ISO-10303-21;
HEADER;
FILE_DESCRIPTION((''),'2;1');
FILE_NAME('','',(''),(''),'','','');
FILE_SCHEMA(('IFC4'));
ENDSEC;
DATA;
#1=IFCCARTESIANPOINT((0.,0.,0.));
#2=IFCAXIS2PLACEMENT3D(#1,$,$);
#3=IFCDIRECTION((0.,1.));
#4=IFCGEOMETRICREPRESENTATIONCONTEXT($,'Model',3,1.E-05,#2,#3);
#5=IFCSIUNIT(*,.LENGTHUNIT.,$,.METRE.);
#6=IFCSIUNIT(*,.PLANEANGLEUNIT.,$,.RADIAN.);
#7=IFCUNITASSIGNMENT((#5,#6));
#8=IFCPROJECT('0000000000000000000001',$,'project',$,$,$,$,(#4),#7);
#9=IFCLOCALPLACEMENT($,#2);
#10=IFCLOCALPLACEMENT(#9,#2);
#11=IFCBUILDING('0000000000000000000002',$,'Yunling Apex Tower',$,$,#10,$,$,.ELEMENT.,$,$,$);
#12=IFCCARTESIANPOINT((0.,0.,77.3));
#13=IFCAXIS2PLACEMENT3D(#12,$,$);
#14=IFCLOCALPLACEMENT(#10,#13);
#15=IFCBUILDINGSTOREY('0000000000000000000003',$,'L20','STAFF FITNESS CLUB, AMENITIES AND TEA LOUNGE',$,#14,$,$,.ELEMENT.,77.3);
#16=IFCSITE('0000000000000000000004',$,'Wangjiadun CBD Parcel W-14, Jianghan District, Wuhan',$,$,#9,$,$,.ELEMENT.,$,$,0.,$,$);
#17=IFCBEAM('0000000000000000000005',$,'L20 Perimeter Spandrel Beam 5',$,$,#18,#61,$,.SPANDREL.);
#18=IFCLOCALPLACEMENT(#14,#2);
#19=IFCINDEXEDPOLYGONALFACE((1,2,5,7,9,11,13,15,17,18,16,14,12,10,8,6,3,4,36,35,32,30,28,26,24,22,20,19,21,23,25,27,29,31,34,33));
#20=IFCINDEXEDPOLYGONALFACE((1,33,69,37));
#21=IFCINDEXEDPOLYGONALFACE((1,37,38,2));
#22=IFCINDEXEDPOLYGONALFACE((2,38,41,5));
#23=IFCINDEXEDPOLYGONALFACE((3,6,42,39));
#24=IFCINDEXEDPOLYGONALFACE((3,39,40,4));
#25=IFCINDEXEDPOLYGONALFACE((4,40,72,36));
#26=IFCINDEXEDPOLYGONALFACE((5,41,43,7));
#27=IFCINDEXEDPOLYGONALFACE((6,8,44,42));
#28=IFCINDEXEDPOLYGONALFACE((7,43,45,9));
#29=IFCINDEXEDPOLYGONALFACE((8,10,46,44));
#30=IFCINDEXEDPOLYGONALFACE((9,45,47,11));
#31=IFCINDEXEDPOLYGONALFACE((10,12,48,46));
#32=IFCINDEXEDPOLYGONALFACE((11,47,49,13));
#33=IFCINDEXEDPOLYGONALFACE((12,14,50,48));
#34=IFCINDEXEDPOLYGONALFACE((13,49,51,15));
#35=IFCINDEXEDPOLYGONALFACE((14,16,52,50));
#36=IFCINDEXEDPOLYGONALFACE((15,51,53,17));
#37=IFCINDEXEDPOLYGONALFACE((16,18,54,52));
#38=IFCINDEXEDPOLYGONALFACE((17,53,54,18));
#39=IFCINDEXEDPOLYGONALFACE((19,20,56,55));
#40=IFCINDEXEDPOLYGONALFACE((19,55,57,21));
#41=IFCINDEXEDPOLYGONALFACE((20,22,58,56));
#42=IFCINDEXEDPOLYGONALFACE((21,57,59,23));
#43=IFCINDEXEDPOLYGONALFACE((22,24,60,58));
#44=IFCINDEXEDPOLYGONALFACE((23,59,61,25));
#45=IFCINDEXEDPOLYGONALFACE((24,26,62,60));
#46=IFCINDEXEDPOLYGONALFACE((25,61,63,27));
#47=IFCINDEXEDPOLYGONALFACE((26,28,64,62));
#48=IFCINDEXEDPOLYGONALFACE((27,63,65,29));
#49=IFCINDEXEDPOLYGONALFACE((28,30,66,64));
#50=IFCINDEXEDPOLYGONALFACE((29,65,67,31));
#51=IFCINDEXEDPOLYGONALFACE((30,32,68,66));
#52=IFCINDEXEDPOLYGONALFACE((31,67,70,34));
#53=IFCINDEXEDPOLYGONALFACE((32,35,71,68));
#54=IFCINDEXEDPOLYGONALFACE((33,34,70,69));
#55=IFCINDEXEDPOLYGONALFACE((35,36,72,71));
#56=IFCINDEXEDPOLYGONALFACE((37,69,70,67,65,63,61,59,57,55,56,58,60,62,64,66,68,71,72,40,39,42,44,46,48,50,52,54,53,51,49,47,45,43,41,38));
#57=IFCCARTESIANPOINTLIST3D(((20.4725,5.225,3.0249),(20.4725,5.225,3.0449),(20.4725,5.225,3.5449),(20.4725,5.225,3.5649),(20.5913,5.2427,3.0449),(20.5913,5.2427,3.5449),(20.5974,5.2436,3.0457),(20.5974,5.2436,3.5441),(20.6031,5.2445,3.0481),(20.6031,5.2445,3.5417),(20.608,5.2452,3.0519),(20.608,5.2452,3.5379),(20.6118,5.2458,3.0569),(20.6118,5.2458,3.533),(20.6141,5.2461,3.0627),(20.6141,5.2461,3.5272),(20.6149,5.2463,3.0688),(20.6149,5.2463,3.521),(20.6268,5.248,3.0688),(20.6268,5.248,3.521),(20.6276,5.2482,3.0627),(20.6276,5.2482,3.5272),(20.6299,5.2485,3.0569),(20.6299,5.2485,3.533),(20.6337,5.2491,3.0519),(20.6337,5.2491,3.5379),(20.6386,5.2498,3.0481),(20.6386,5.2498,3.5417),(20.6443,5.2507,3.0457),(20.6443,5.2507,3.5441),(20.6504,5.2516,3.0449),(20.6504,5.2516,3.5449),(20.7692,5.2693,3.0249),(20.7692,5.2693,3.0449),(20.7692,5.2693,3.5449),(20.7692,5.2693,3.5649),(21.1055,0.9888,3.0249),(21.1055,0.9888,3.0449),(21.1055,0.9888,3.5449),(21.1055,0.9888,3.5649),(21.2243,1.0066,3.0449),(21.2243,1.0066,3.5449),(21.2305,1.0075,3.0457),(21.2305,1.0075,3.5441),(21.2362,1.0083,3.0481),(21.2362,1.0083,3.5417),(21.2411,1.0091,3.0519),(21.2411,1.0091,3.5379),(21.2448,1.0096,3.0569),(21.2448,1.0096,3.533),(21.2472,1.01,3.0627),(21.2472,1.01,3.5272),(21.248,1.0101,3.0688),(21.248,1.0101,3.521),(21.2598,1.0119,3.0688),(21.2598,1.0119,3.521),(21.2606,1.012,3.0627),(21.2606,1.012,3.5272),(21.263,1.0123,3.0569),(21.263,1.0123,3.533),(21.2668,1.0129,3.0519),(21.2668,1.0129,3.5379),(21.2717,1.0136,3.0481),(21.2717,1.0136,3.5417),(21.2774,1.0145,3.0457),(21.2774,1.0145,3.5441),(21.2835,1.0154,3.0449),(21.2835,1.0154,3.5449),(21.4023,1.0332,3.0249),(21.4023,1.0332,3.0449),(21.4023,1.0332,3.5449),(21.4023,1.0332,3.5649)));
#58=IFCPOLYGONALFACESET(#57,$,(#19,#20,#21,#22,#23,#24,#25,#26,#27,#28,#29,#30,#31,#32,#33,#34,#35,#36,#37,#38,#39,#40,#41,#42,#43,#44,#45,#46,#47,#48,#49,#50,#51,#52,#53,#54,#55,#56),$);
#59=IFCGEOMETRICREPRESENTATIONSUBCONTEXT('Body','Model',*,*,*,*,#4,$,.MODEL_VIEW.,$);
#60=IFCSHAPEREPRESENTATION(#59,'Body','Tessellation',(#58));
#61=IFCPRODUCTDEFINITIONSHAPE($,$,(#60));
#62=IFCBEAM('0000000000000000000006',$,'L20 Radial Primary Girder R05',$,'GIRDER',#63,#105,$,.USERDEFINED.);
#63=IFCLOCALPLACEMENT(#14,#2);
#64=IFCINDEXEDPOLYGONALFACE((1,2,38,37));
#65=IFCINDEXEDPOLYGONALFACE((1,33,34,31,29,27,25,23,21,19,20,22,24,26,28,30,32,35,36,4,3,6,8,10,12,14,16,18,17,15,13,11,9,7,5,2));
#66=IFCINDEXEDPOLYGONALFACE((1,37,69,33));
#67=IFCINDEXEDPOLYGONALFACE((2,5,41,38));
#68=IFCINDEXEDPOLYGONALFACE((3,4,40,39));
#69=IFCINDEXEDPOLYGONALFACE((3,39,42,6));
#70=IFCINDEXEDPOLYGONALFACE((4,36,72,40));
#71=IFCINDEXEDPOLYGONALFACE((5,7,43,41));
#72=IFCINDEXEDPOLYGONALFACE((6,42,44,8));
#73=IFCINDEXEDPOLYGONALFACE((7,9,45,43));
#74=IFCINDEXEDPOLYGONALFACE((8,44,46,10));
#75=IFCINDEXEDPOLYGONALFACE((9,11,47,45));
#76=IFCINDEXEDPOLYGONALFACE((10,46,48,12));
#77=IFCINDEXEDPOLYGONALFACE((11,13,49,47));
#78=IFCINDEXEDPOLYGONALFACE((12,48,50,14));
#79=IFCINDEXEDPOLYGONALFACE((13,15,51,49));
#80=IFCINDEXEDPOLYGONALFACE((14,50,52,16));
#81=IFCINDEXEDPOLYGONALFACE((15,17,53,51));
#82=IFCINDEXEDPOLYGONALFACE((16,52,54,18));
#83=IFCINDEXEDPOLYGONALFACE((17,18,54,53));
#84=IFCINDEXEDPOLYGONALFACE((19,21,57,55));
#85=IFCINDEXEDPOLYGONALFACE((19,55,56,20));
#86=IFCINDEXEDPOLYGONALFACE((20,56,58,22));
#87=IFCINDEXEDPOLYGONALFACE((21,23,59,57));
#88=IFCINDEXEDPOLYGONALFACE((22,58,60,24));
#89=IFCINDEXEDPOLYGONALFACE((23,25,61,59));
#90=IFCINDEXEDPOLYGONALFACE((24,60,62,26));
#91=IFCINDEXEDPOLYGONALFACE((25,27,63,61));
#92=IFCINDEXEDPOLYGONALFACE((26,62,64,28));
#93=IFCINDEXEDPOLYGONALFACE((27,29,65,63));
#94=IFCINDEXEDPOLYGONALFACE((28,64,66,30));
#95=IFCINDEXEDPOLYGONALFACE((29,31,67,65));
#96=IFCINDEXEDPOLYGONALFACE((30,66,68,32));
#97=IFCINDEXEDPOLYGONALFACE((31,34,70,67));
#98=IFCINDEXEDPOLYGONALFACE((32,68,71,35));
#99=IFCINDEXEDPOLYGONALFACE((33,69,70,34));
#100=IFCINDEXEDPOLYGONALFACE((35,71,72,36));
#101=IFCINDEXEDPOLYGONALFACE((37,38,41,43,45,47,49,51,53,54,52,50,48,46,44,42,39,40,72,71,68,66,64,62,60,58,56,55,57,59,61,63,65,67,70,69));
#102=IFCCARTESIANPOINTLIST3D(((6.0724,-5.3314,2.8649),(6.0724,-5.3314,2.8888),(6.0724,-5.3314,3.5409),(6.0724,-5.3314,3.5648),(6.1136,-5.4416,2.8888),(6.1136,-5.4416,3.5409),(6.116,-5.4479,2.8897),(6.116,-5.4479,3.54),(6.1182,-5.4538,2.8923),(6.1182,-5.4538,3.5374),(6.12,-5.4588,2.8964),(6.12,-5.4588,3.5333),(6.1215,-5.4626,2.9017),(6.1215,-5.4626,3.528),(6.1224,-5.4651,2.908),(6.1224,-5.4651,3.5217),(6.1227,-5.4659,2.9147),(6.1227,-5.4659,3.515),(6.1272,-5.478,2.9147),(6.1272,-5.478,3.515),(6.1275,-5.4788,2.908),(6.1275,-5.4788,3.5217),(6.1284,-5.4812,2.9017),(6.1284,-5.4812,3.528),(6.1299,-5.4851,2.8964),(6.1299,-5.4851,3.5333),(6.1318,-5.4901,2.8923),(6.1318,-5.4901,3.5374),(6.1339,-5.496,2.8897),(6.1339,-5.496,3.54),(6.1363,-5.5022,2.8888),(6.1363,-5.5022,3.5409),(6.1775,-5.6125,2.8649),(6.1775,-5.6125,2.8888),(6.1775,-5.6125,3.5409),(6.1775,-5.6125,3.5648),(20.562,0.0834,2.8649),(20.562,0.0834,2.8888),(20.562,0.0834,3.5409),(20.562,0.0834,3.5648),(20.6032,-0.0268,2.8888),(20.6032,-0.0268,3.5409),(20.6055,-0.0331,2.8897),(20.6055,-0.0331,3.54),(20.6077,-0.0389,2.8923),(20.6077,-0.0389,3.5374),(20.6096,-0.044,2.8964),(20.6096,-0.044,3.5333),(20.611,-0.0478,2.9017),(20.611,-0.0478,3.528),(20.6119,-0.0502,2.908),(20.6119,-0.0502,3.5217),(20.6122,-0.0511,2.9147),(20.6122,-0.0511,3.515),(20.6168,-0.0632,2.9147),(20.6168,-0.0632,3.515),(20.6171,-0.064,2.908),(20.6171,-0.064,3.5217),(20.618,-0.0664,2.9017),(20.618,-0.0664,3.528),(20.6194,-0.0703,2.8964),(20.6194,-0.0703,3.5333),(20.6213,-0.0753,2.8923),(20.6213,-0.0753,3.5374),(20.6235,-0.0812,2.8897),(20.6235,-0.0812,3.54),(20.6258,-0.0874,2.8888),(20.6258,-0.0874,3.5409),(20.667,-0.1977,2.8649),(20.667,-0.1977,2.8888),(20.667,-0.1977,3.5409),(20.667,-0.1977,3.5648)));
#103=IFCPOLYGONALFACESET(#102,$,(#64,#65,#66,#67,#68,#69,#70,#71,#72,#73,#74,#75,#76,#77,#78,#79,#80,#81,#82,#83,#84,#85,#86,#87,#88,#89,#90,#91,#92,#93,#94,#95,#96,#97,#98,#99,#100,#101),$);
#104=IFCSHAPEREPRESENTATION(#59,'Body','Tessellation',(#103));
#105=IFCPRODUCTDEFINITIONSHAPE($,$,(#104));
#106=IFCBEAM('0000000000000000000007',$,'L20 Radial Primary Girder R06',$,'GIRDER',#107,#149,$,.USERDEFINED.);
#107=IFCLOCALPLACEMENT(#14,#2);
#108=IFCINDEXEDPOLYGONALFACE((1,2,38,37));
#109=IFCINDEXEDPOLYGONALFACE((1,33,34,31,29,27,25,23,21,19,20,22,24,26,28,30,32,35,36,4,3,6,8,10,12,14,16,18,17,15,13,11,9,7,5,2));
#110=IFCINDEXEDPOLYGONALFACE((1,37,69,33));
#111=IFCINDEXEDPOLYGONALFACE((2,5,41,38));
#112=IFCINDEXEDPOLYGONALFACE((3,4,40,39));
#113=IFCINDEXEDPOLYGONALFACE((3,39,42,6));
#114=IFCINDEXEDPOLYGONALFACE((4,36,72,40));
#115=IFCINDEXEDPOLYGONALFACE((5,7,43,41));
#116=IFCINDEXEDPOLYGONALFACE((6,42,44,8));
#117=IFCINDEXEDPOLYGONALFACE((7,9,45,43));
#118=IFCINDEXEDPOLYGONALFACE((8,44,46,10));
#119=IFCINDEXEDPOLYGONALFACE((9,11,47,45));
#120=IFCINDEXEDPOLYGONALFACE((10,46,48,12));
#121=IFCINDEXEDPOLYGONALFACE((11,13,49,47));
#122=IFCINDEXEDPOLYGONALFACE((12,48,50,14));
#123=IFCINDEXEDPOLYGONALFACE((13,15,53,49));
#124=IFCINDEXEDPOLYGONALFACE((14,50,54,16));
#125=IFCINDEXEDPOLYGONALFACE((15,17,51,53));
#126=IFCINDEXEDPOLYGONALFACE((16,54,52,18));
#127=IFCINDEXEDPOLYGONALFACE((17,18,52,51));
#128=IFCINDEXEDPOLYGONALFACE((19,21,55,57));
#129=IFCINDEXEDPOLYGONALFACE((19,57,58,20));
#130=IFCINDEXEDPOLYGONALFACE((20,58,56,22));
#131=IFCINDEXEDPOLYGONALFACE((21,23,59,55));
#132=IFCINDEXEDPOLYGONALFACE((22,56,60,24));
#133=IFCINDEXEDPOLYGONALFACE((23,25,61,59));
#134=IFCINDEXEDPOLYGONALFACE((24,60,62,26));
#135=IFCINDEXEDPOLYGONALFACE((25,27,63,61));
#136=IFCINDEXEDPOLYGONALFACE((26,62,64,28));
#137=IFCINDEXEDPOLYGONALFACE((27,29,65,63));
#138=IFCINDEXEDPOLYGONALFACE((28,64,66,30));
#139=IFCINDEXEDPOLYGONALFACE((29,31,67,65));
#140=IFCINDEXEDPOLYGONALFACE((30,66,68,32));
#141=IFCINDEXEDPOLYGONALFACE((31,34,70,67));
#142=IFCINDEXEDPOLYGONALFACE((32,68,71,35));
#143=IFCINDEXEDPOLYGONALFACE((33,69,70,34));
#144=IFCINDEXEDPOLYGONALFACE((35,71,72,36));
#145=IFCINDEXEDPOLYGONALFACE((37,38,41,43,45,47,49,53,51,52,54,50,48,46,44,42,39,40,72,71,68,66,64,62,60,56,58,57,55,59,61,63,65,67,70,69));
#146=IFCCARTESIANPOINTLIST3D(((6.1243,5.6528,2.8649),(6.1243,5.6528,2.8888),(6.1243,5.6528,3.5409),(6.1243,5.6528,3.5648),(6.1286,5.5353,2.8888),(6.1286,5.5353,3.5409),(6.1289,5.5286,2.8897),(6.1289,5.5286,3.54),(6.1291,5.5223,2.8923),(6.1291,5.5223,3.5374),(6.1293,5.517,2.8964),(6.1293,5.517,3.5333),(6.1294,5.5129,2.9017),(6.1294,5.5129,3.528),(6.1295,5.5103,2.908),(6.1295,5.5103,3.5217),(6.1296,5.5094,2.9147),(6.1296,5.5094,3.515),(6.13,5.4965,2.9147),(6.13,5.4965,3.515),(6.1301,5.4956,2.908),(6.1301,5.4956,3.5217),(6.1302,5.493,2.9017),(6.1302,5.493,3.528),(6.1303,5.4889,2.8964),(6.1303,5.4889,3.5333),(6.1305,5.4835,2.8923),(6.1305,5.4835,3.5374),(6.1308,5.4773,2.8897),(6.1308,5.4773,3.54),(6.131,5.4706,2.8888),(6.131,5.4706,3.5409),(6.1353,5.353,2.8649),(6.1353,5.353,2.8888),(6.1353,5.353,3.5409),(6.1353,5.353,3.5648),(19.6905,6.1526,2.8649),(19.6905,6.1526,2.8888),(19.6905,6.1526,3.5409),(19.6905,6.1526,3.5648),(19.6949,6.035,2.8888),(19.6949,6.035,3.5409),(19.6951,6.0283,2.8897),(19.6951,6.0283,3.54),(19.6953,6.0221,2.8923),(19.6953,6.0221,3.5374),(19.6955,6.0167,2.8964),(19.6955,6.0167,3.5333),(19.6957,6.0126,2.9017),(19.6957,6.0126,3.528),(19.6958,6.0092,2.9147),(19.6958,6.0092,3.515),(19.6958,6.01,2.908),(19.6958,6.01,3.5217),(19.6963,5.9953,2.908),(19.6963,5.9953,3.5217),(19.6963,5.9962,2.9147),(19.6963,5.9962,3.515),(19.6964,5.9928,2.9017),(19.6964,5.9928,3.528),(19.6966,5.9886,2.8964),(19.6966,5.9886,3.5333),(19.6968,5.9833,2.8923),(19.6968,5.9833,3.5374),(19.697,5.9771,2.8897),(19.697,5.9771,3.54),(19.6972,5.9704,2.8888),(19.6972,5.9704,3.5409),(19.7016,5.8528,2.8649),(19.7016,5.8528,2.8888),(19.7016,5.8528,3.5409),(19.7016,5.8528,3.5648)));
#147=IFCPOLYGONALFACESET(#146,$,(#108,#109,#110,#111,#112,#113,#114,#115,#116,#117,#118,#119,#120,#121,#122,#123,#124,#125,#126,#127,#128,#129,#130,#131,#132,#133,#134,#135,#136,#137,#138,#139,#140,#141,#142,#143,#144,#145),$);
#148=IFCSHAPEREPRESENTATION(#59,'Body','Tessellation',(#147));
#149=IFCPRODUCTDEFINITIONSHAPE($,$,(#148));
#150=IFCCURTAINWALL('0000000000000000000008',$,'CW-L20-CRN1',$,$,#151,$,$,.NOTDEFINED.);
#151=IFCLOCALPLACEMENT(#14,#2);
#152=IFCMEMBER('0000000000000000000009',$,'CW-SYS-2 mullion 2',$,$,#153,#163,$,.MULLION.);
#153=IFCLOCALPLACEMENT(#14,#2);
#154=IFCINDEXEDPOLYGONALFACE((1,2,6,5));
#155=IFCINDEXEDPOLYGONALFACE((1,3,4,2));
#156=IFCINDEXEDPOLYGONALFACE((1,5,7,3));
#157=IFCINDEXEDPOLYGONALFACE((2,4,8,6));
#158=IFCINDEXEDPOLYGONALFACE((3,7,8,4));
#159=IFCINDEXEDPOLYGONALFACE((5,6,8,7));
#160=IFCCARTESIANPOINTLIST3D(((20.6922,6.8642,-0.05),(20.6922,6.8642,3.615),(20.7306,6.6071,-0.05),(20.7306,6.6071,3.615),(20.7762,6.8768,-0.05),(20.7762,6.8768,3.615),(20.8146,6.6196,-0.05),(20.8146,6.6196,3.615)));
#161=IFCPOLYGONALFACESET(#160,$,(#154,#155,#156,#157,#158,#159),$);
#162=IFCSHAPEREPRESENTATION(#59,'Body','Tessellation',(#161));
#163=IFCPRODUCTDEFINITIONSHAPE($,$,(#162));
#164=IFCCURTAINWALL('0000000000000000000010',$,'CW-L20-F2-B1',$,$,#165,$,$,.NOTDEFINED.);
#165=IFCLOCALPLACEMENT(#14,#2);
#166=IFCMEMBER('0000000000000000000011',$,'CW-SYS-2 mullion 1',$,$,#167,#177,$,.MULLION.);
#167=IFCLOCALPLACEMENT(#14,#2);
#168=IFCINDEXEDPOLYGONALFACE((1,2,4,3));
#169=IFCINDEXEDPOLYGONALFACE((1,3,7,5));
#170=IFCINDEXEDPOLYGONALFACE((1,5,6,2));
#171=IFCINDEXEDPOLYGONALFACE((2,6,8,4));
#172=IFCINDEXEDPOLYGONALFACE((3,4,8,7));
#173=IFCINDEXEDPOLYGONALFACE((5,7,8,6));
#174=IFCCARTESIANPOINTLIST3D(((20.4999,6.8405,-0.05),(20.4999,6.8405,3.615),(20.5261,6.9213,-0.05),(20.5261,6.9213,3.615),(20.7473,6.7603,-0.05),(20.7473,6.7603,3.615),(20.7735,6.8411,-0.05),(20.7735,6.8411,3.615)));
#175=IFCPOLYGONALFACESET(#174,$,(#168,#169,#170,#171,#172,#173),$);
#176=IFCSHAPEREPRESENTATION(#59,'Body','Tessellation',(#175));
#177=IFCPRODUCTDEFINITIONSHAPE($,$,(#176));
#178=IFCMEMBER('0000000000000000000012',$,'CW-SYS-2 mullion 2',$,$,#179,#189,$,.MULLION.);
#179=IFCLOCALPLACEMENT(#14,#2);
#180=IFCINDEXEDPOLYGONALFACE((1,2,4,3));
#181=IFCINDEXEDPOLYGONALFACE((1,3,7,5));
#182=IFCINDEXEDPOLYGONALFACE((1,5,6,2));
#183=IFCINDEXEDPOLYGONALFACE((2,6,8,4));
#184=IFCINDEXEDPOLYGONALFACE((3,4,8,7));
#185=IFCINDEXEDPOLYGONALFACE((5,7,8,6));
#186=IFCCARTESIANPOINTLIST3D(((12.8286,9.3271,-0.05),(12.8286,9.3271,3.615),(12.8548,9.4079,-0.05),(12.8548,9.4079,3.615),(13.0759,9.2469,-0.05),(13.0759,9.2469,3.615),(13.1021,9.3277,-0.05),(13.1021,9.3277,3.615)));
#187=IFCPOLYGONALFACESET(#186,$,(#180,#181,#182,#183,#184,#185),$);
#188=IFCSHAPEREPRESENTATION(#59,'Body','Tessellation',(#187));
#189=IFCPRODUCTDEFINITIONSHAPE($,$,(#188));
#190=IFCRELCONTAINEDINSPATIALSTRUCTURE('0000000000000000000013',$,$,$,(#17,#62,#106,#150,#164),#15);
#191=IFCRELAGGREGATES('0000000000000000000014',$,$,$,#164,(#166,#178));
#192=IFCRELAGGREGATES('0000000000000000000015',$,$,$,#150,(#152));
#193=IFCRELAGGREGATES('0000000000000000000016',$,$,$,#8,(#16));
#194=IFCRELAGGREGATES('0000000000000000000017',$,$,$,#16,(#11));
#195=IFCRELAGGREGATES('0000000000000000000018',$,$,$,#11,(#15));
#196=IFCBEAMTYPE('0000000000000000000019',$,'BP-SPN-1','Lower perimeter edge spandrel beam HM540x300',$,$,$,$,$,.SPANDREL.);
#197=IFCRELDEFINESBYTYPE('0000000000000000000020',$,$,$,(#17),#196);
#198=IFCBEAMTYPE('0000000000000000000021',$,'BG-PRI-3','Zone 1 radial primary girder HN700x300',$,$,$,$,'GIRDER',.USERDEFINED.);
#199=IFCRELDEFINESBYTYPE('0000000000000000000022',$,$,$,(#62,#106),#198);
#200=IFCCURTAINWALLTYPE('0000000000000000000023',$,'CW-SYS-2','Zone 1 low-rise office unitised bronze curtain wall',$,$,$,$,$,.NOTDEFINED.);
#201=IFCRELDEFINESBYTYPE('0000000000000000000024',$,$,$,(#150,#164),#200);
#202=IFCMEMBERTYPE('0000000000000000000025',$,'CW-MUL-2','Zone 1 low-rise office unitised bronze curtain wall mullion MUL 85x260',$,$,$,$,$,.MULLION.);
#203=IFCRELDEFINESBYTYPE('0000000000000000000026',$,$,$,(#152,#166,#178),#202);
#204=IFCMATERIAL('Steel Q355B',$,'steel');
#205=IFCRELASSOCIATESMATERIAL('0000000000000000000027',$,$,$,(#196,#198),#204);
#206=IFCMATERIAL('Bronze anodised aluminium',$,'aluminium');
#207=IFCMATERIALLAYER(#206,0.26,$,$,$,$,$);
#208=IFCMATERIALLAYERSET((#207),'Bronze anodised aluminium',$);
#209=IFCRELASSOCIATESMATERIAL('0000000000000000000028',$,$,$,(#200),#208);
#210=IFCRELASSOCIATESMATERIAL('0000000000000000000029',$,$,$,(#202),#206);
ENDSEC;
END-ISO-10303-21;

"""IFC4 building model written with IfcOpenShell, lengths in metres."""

from ifc_helpers import new_model, si_unit, direction, frame, origin, origin_2d, place, context, subcontext, project, spatial, rectangle, i_section, extrude, source, transform, mapped, material, layer, layer_set, material_profile, profile_set, type_object, element, aggregate, save


model = new_model("IFC4")

# Units and contexts
model_context = context("Model", 3, precision=1e-05, world=origin(), true_north=direction((0.0, 1.0)))
body_context = subcontext(model_context, "Body", "Model", "MODEL_VIEW")
ifc_project = project(units=[si_unit("LENGTHUNIT", "METRE"), si_unit("PLANEANGLEUNIT", "RADIAN")], contexts=[model_context])

# Site, building, storey
site_placement = place(None, origin())
site = spatial("IfcSite", under=ifc_project, at=site_placement, Name="Wangjiadun CBD Parcel W-14, Jianghan District, Wuhan", CompositionType="ELEMENT", RefElevation=0.0)
building_placement = place(site_placement, origin())
building = spatial("IfcBuilding", under=site, at=building_placement, Name="Yunling Apex Tower", CompositionType="ELEMENT")
storey_placement = place(building_placement, frame((0.0, 0.0, 77.3)))
storey = spatial("IfcBuildingStorey", under=building, at=storey_placement, Name="L20", Description="STAFF FITNESS CLUB, AMENITIES AND TEA LOUNGE", CompositionType="ELEMENT", Elevation=77.3)

# Beams
ifc_material_1 = material(Name="Steel Q355B", Category="steel")
ifc_material_profile_1 = material_profile(ifc_material_1, i_section(OverallWidth=0.3, OverallDepth=0.54, WebThickness=0.012, FlangeThickness=0.02, FilletRadius=0.0239, at=origin_2d()))
ifc_profile_set_1 = profile_set([ifc_material_profile_1], Name="Steel Q355B")
beam_type_1 = type_object("IfcBeamType", Name="BP-SPN-1", Description="Lower perimeter edge spandrel beam HM540x300", PredefinedType="SPANDREL", material=ifc_profile_set_1)
shared_shape_1 = source(origin(), body_context, "Body", "SweptSolid", [
    extrude(i_section(OverallWidth=0.3, OverallDepth=0.54, WebThickness=0.012, FlangeThickness=0.02, FilletRadius=0.0239, at=origin_2d()), origin(), (0.0, 0.0, 1.0), 4.2832),
])
beam_1_placement = place(storey_placement, frame((21.2539, 1.011, 3.2949), z_axis=(-0.147802, 0.989017, 0.0), x_axis=(-0.989017, -0.147802, 0.0)))
element("IfcBeam", 1, at=beam_1_placement, inside=storey, type_object=beam_type_1, Name="L20 Perimeter Spandrel Beam 5", PredefinedType="SPANDREL", context=body_context, shape_type="MappedRepresentation", body=[
    mapped(shared_shape_1, transform((0.0, 0.0, 0.0), scale=1.0)),
])
ifc_material_profile_2 = material_profile(ifc_material_1, i_section(OverallWidth=0.3, OverallDepth=0.7, WebThickness=0.0129, FlangeThickness=0.0239, FilletRadius=0.0259, at=origin_2d()))
ifc_profile_set_2 = profile_set([ifc_material_profile_2], Name="Steel Q355B")
beam_type_2 = type_object("IfcBeamType", Name="BG-PRI-3", Description="Zone 1 radial primary girder HN700x300", ElementType="GIRDER", PredefinedType="USERDEFINED", material=ifc_profile_set_2)
shared_shape_2 = source(origin(), body_context, "Body", "SweptSolid", [
    extrude(i_section(OverallWidth=0.3, OverallDepth=0.7, WebThickness=0.0129, FlangeThickness=0.0239, FilletRadius=0.0259, at=origin_2d()), origin(), (0.0, 0.0, 1.0), 15.4683),
])
beam_2_placement = place(storey_placement, frame((20.6145, -0.0571, 3.2148), z_axis=(-0.936727, -0.350059, 0.0), x_axis=(0.350059, -0.936727, 0.0)))
element("IfcBeam", 2, at=beam_2_placement, inside=storey, type_object=beam_type_2, Name="L20 Radial Primary Girder R05", ObjectType="GIRDER", PredefinedType="USERDEFINED", context=body_context, shape_type="MappedRepresentation", body=[
    mapped(shared_shape_2, transform((0.0, 0.0, 0.0), scale=1.0)),
])
shared_shape_3 = source(origin(), body_context, "Body", "SweptSolid", [
    extrude(i_section(OverallWidth=0.3, OverallDepth=0.7, WebThickness=0.0129, FlangeThickness=0.0239, FilletRadius=0.0259, at=origin_2d()), origin(), (0.0, 0.0, 1.0), 13.5754),
])
beam_3_placement = place(storey_placement, frame((19.696, 6.0027, 3.2148), z_axis=(-0.999322, -0.036813, 0.0), x_axis=(0.036813, -0.999322, 0.0)))
element("IfcBeam", 3, at=beam_3_placement, inside=storey, type_object=beam_type_2, Name="L20 Radial Primary Girder R06", ObjectType="GIRDER", PredefinedType="USERDEFINED", context=body_context, shape_type="MappedRepresentation", body=[
    mapped(shared_shape_3, transform((0.0, 0.0, 0.0), scale=1.0)),
])

# Curtain wall, member
ifc_material_2 = material(Name="Bronze anodised aluminium", Category="aluminium")
ifc_layer_1 = layer(ifc_material_2, 0.26)
ifc_layer_set_1 = layer_set([ifc_layer_1], Name="Bronze anodised aluminium")
curtain_wall_type = type_object("IfcCurtainWallType", Name="CW-SYS-2", Description="Zone 1 low-rise office unitised bronze curtain wall", PredefinedType="NOTDEFINED", material=ifc_layer_set_1)
curtain_wall_1_placement = place(storey_placement, origin())
curtain_wall_1 = element("IfcCurtainWall", 4, at=curtain_wall_1_placement, inside=storey, type_object=curtain_wall_type, Name="CW-L20-CRN1", PredefinedType="NOTDEFINED")
ifc_material_profile_3 = material_profile(ifc_material_2, rectangle(XDim=0.085, YDim=0.26, at=origin_2d()))
ifc_profile_set_3 = profile_set([ifc_material_profile_3], Name="Bronze anodised aluminium")
member_type_1 = type_object("IfcMemberType", Name="CW-MUL-2", Description="Zone 1 low-rise office unitised bronze curtain wall mullion MUL 85x260", PredefinedType="MULLION", material=ifc_profile_set_3)
shared_shape_4 = source(origin(), body_context, "Body", "SweptSolid", [
    extrude(rectangle(XDim=0.085, YDim=0.26, at=origin_2d()), origin(), (0.0, 0.0, 1.0), 3.665),
])
member_1_placement = place(storey_placement, frame((20.7534, 6.7419, -0.05), z_axis=(0.0, 0.0, 1.0), x_axis=(-0.989018, -0.147798, 0.0)))
member_1 = element("IfcMember", 5, at=member_1_placement, type_object=member_type_1, Name="CW-SYS-2 mullion 2", PredefinedType="MULLION", context=body_context, shape_type="MappedRepresentation", body=[
    mapped(shared_shape_4, transform((0.0, 0.0, 0.0), scale=1.0)),
])

# Curtain wall, members
curtain_wall_2_placement = place(storey_placement, origin())
curtain_wall_2 = element("IfcCurtainWall", 6, at=curtain_wall_2_placement, inside=storey, type_object=curtain_wall_type, Name="CW-L20-F2-B1", PredefinedType="NOTDEFINED")
member_2_placement = place(storey_placement, frame((20.6367, 6.8408, -0.05), z_axis=(0.0, 0.0, 1.0), x_axis=(-0.308357, -0.951271, 0.0)))
member_2 = element("IfcMember", 7, at=member_2_placement, type_object=member_type_1, Name="CW-SYS-2 mullion 1", PredefinedType="MULLION", context=body_context, shape_type="MappedRepresentation", body=[
    mapped(shared_shape_4, transform((0.0, 0.0, 0.0), scale=1.0)),
])
member_3_placement = place(storey_placement, frame((12.9653, 9.3274, -0.05), z_axis=(0.0, 0.0, 1.0), x_axis=(-0.308357, -0.951271, 0.0)))
member_3 = element("IfcMember", 8, at=member_3_placement, type_object=member_type_1, Name="CW-SYS-2 mullion 2", PredefinedType="MULLION", context=body_context, shape_type="MappedRepresentation", body=[
    mapped(shared_shape_4, transform((0.0, 0.0, 0.0), scale=1.0)),
])
aggregate(curtain_wall_2, [member_2, member_3])

aggregate(curtain_wall_1, [member_1])

save(model, "model.ifc")
